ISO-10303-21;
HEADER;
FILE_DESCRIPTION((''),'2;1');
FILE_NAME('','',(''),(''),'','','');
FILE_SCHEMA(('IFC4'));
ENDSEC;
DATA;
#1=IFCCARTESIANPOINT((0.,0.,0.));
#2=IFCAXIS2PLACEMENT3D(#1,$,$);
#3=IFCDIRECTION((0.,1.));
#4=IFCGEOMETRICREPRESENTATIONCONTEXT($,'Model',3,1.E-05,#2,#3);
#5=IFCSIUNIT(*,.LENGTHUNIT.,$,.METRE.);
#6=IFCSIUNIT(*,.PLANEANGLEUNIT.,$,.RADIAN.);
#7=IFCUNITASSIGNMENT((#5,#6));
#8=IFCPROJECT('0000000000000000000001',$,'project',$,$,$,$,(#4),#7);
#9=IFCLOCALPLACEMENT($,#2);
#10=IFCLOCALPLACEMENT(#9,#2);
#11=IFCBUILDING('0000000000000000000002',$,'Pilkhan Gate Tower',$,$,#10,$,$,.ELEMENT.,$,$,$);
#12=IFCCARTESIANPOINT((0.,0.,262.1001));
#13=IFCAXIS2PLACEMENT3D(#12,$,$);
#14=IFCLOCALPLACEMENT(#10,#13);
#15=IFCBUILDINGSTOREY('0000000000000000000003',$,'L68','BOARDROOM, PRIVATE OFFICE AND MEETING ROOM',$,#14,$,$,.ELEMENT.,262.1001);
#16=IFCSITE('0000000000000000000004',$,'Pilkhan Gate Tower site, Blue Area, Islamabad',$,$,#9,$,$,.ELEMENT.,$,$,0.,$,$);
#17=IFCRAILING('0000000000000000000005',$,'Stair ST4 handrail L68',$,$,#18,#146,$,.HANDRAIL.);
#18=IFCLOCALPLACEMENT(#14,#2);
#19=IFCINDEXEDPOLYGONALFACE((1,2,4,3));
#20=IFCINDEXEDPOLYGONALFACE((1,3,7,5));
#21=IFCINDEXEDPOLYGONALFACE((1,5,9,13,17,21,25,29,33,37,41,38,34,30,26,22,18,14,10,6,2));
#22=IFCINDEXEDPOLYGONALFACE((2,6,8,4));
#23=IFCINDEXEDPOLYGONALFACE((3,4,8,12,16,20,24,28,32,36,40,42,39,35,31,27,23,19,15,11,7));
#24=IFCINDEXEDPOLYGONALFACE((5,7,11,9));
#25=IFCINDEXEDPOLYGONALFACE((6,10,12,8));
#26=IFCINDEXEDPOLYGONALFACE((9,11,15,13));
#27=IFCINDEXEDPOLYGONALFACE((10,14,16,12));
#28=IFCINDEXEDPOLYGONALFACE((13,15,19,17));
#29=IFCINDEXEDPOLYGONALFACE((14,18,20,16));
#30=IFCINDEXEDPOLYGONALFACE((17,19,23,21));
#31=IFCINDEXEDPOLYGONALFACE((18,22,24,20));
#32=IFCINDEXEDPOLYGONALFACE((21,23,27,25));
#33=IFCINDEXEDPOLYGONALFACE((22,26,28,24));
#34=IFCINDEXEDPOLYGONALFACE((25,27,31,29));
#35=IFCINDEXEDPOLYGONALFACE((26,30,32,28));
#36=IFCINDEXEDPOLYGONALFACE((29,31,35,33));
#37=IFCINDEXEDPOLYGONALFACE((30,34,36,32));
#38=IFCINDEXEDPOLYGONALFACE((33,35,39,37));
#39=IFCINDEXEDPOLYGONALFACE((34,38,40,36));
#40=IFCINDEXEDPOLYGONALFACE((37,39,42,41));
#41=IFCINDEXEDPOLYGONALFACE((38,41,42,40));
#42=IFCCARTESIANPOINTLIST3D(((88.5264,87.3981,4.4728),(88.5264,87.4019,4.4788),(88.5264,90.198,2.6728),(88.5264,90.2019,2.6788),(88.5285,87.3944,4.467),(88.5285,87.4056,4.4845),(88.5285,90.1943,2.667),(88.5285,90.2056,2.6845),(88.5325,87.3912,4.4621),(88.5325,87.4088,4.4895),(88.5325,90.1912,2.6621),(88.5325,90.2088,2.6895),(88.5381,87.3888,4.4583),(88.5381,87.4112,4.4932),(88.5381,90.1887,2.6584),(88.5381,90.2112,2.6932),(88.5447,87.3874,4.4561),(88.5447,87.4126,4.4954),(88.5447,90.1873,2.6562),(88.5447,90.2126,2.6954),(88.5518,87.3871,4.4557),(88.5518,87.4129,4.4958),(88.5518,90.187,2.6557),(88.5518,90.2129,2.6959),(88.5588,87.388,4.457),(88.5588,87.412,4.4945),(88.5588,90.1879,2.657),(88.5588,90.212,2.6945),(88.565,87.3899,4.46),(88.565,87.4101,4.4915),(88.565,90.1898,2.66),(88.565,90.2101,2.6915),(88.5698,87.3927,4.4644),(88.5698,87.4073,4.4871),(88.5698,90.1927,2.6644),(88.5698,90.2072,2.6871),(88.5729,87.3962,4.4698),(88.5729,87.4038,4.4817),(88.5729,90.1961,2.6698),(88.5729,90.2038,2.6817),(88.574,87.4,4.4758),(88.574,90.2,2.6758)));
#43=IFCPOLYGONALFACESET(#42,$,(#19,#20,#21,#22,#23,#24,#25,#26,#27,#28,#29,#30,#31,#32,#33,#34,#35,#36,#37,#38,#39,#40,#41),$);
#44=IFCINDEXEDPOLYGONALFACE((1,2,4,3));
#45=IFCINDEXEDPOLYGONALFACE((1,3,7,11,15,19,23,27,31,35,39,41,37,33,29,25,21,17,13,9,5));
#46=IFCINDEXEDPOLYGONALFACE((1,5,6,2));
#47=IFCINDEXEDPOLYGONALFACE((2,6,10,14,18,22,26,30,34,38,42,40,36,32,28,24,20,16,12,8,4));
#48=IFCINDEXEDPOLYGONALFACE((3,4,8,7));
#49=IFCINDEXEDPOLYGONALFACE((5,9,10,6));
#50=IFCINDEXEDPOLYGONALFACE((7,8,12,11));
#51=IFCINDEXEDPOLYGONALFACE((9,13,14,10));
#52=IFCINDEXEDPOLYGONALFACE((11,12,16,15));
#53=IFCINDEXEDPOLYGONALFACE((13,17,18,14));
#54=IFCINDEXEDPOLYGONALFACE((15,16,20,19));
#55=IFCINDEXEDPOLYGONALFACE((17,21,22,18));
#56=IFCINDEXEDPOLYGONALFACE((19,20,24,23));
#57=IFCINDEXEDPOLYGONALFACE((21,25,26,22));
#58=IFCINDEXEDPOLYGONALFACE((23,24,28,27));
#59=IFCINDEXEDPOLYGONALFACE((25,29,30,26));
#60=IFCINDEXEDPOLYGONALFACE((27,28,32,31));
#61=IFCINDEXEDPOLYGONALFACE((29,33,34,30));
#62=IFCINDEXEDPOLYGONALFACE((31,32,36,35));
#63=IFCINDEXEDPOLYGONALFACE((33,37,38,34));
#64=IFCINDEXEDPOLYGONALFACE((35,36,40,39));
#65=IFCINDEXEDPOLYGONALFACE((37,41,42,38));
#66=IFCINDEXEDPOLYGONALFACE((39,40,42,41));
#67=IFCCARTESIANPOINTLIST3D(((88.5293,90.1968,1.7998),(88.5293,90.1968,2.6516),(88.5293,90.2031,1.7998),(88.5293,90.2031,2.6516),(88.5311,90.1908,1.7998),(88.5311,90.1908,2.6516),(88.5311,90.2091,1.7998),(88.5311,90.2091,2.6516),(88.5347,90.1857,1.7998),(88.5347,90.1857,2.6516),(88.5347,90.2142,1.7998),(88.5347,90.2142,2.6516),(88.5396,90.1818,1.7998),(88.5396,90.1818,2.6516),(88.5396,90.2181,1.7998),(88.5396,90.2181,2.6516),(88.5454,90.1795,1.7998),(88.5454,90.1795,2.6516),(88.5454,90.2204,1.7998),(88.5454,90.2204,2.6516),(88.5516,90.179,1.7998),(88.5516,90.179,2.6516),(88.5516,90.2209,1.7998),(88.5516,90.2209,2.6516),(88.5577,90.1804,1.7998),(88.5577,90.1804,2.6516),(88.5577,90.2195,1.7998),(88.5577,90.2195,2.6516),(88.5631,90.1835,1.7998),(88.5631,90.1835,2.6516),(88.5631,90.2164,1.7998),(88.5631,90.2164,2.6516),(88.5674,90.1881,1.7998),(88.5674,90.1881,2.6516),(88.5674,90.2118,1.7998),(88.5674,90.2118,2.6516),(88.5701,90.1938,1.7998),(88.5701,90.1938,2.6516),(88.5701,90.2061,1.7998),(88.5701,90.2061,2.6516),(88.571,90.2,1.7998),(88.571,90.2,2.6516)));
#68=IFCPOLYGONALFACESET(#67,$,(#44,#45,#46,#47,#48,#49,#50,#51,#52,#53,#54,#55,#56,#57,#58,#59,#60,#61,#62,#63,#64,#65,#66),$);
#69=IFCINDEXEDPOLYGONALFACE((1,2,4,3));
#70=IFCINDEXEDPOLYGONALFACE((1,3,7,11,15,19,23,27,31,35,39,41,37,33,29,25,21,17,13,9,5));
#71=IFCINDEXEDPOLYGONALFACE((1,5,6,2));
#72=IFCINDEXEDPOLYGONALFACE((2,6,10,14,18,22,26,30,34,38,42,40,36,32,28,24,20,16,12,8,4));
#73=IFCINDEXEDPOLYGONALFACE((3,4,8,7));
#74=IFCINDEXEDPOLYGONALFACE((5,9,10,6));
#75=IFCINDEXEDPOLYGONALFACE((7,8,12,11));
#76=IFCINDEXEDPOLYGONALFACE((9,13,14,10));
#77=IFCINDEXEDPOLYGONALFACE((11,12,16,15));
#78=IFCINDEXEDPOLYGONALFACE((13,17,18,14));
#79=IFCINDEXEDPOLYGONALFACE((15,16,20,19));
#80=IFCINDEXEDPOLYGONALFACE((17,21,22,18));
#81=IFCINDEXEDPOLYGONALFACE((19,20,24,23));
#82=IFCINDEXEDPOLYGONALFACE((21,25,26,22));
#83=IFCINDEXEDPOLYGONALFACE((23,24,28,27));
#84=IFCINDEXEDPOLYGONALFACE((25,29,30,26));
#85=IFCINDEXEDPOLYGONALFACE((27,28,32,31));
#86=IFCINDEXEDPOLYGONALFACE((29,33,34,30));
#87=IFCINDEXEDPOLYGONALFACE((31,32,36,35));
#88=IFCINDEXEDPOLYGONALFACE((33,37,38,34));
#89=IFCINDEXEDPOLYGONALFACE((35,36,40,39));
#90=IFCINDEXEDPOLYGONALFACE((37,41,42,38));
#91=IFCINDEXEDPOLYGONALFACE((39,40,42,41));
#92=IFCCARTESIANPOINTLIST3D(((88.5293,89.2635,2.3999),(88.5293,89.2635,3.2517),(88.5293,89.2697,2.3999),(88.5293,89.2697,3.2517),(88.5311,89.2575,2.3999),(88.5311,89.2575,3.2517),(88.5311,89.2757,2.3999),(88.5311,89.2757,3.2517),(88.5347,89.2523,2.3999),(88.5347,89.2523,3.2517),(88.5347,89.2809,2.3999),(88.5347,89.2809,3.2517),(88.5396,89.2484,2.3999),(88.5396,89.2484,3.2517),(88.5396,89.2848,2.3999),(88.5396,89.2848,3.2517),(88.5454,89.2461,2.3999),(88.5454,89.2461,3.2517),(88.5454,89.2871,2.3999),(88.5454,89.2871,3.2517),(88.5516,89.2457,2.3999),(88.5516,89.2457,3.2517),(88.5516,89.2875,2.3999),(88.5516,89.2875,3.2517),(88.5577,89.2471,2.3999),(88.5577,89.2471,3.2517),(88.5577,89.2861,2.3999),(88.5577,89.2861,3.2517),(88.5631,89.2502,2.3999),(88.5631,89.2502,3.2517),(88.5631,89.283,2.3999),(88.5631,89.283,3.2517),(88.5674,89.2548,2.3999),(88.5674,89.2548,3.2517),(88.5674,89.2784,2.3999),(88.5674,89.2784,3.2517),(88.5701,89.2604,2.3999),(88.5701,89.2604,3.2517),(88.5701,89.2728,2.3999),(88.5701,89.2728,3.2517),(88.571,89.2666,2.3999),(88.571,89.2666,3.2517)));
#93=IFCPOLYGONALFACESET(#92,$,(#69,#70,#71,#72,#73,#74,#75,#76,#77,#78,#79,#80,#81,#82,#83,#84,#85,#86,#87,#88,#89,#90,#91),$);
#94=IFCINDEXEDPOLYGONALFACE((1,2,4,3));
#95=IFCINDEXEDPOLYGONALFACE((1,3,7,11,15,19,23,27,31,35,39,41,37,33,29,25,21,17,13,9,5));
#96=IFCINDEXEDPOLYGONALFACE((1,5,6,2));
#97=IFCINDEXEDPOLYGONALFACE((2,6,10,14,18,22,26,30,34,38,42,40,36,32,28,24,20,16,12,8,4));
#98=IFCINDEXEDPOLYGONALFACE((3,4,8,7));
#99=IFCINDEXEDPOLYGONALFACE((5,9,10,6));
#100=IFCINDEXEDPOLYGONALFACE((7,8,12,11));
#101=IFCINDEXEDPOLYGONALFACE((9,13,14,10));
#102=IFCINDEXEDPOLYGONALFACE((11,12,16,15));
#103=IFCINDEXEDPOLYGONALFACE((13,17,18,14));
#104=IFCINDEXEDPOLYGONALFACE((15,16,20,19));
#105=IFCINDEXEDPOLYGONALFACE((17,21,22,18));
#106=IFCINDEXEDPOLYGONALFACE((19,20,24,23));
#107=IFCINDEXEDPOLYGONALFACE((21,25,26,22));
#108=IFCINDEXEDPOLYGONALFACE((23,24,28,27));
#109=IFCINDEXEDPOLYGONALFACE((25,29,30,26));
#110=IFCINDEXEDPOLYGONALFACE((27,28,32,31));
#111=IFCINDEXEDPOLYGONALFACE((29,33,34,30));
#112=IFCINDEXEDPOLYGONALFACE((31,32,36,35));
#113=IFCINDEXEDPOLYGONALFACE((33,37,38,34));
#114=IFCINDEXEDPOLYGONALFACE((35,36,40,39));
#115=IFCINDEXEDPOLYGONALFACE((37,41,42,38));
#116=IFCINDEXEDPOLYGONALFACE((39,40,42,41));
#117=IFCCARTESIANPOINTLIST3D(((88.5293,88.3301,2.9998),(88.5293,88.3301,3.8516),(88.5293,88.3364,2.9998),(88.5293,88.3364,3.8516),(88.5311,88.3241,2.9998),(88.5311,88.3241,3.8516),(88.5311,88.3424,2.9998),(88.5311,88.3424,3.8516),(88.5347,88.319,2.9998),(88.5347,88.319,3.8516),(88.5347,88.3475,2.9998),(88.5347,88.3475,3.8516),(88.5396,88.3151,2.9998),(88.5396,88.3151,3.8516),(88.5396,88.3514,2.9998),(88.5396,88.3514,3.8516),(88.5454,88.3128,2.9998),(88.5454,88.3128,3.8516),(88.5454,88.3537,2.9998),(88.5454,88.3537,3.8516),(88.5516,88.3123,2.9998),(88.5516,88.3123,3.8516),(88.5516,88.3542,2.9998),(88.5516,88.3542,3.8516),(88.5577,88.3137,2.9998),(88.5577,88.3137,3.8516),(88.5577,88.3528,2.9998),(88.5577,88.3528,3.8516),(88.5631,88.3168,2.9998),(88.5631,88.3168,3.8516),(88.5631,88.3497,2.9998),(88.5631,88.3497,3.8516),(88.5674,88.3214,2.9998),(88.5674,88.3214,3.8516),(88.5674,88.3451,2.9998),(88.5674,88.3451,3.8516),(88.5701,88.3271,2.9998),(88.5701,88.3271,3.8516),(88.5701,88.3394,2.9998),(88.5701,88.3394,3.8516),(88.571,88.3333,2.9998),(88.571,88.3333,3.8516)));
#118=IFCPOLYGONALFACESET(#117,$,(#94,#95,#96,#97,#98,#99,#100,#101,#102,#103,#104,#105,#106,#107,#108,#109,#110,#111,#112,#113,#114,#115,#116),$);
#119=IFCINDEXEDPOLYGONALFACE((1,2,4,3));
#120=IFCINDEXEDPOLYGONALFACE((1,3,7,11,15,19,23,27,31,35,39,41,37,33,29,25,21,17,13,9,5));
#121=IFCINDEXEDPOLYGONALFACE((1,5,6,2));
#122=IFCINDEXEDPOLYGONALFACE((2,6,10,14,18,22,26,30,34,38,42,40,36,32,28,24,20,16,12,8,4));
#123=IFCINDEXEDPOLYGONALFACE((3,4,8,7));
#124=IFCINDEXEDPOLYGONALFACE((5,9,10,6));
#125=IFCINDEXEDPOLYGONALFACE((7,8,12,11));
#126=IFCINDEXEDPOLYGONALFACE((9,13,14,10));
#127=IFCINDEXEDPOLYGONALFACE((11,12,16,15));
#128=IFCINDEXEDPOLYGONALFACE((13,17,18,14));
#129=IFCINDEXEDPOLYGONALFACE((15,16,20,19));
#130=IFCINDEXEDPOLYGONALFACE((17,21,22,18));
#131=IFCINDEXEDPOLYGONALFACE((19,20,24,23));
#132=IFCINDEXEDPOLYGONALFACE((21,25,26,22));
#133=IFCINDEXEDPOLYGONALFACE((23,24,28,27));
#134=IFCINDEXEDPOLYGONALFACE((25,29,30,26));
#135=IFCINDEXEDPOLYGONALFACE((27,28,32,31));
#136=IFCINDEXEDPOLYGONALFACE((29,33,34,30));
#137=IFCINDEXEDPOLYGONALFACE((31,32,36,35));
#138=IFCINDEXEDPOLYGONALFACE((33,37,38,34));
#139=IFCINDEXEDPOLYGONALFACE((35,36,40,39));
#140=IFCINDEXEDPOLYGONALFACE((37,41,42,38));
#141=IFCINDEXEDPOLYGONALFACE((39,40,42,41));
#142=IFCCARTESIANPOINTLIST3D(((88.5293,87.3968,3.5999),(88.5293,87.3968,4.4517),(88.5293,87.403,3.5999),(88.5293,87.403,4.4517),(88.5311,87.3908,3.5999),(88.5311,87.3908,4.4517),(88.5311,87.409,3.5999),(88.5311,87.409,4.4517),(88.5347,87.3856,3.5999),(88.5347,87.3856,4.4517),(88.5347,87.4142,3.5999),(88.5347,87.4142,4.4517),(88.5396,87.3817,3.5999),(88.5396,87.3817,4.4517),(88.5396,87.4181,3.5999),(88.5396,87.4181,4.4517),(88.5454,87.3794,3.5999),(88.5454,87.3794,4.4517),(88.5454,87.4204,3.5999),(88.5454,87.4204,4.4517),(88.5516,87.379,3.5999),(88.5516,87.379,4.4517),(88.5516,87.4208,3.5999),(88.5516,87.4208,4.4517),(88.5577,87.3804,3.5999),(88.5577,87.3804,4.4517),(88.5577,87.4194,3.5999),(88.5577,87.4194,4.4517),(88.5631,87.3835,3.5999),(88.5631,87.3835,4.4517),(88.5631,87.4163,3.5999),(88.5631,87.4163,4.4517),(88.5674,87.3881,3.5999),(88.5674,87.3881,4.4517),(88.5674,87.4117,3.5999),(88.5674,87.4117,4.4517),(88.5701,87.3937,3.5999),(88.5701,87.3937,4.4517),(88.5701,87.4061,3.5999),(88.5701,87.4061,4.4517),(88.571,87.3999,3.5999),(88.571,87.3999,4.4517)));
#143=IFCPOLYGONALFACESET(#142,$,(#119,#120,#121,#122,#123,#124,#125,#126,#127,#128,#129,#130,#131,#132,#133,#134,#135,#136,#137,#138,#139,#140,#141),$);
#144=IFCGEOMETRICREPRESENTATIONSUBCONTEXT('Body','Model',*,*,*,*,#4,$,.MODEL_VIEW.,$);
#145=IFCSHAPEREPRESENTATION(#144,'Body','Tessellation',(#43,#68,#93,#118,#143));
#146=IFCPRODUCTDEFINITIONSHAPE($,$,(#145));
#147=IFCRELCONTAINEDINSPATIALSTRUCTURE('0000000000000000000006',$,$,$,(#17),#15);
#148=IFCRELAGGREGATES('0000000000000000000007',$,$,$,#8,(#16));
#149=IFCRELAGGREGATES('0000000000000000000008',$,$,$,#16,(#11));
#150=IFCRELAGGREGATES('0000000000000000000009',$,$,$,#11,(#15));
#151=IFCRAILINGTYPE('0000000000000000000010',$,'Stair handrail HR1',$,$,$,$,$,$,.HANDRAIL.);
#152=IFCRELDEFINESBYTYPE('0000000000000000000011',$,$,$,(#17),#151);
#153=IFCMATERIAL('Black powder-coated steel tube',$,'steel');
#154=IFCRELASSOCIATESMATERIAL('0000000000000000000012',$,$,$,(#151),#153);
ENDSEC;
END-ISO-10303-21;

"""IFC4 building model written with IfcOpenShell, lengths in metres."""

from ifc_helpers import new_model, si_unit, direction, frame, origin, origin_2d, place, context, subcontext, project, spatial, circle, extrude, material, type_object, element, save


model = new_model("IFC4")

# Units and contexts
model_context = context("Model", 3, precision=1e-05, world=origin(), true_north=direction((0.0, 1.0)))
body_context = subcontext(model_context, "Body", "Model", "MODEL_VIEW")
ifc_project = project(units=[si_unit("LENGTHUNIT", "METRE"), si_unit("PLANEANGLEUNIT", "RADIAN")], contexts=[model_context])

# Site, building, storey
site_placement = place(None, origin())
site = spatial("IfcSite", under=ifc_project, at=site_placement, Name="Pilkhan Gate Tower site, Blue Area, Islamabad", CompositionType="ELEMENT", RefElevation=0.0)
building_placement = place(site_placement, origin())
building = spatial("IfcBuilding", under=site, at=building_placement, Name="Pilkhan Gate Tower", CompositionType="ELEMENT")
storey_placement = place(building_placement, frame((0.0, 0.0, 262.1001)))
storey = spatial("IfcBuildingStorey", under=building, at=storey_placement, Name="L68", Description="BOARDROOM, PRIVATE OFFICE AND MEETING ROOM", CompositionType="ELEMENT", Elevation=262.1001)

# Railing
ifc_material_1 = material(Name="Black powder-coated steel tube", Category="steel")
railing_type_1 = type_object("IfcRailingType", Name="Stair handrail HR1", PredefinedType="HANDRAIL", material=ifc_material_1)
railing_1_placement = place(storey_placement, frame((88.55, 90.2, 1.7998)))
element("IfcRailing", 1, at=railing_1_placement, inside=storey, type_object=railing_type_1, Name="Stair ST4 handrail L68", PredefinedType="HANDRAIL", context=body_context, shape_type="SweptSolid", body=[
    extrude(circle(Radius=0.0239, at=origin_2d()), frame((0.0, 0.0, 0.876), z_axis=(0.0, -0.841176, 0.540761), x_axis=(1.0, 0.0, 0.0)), (0.0, 0.0, 1.0), 3.3286),
    extrude(circle(Radius=0.021, at=origin_2d()), origin(), (0.0, 0.0, 1.0), 0.8518),
    extrude(circle(Radius=0.021, at=origin_2d()), frame((0.0, -0.9333, 0.6001)), (0.0, 0.0, 1.0), 0.8518),
    extrude(circle(Radius=0.021, at=origin_2d()), frame((0.0, -1.8667, 1.2)), (0.0, 0.0, 1.0), 0.8518),
    extrude(circle(Radius=0.021, at=origin_2d()), frame((0.0, -2.8, 1.8)), (0.0, 0.0, 1.0), 0.8518),
])

save(model, "model.ifc")
